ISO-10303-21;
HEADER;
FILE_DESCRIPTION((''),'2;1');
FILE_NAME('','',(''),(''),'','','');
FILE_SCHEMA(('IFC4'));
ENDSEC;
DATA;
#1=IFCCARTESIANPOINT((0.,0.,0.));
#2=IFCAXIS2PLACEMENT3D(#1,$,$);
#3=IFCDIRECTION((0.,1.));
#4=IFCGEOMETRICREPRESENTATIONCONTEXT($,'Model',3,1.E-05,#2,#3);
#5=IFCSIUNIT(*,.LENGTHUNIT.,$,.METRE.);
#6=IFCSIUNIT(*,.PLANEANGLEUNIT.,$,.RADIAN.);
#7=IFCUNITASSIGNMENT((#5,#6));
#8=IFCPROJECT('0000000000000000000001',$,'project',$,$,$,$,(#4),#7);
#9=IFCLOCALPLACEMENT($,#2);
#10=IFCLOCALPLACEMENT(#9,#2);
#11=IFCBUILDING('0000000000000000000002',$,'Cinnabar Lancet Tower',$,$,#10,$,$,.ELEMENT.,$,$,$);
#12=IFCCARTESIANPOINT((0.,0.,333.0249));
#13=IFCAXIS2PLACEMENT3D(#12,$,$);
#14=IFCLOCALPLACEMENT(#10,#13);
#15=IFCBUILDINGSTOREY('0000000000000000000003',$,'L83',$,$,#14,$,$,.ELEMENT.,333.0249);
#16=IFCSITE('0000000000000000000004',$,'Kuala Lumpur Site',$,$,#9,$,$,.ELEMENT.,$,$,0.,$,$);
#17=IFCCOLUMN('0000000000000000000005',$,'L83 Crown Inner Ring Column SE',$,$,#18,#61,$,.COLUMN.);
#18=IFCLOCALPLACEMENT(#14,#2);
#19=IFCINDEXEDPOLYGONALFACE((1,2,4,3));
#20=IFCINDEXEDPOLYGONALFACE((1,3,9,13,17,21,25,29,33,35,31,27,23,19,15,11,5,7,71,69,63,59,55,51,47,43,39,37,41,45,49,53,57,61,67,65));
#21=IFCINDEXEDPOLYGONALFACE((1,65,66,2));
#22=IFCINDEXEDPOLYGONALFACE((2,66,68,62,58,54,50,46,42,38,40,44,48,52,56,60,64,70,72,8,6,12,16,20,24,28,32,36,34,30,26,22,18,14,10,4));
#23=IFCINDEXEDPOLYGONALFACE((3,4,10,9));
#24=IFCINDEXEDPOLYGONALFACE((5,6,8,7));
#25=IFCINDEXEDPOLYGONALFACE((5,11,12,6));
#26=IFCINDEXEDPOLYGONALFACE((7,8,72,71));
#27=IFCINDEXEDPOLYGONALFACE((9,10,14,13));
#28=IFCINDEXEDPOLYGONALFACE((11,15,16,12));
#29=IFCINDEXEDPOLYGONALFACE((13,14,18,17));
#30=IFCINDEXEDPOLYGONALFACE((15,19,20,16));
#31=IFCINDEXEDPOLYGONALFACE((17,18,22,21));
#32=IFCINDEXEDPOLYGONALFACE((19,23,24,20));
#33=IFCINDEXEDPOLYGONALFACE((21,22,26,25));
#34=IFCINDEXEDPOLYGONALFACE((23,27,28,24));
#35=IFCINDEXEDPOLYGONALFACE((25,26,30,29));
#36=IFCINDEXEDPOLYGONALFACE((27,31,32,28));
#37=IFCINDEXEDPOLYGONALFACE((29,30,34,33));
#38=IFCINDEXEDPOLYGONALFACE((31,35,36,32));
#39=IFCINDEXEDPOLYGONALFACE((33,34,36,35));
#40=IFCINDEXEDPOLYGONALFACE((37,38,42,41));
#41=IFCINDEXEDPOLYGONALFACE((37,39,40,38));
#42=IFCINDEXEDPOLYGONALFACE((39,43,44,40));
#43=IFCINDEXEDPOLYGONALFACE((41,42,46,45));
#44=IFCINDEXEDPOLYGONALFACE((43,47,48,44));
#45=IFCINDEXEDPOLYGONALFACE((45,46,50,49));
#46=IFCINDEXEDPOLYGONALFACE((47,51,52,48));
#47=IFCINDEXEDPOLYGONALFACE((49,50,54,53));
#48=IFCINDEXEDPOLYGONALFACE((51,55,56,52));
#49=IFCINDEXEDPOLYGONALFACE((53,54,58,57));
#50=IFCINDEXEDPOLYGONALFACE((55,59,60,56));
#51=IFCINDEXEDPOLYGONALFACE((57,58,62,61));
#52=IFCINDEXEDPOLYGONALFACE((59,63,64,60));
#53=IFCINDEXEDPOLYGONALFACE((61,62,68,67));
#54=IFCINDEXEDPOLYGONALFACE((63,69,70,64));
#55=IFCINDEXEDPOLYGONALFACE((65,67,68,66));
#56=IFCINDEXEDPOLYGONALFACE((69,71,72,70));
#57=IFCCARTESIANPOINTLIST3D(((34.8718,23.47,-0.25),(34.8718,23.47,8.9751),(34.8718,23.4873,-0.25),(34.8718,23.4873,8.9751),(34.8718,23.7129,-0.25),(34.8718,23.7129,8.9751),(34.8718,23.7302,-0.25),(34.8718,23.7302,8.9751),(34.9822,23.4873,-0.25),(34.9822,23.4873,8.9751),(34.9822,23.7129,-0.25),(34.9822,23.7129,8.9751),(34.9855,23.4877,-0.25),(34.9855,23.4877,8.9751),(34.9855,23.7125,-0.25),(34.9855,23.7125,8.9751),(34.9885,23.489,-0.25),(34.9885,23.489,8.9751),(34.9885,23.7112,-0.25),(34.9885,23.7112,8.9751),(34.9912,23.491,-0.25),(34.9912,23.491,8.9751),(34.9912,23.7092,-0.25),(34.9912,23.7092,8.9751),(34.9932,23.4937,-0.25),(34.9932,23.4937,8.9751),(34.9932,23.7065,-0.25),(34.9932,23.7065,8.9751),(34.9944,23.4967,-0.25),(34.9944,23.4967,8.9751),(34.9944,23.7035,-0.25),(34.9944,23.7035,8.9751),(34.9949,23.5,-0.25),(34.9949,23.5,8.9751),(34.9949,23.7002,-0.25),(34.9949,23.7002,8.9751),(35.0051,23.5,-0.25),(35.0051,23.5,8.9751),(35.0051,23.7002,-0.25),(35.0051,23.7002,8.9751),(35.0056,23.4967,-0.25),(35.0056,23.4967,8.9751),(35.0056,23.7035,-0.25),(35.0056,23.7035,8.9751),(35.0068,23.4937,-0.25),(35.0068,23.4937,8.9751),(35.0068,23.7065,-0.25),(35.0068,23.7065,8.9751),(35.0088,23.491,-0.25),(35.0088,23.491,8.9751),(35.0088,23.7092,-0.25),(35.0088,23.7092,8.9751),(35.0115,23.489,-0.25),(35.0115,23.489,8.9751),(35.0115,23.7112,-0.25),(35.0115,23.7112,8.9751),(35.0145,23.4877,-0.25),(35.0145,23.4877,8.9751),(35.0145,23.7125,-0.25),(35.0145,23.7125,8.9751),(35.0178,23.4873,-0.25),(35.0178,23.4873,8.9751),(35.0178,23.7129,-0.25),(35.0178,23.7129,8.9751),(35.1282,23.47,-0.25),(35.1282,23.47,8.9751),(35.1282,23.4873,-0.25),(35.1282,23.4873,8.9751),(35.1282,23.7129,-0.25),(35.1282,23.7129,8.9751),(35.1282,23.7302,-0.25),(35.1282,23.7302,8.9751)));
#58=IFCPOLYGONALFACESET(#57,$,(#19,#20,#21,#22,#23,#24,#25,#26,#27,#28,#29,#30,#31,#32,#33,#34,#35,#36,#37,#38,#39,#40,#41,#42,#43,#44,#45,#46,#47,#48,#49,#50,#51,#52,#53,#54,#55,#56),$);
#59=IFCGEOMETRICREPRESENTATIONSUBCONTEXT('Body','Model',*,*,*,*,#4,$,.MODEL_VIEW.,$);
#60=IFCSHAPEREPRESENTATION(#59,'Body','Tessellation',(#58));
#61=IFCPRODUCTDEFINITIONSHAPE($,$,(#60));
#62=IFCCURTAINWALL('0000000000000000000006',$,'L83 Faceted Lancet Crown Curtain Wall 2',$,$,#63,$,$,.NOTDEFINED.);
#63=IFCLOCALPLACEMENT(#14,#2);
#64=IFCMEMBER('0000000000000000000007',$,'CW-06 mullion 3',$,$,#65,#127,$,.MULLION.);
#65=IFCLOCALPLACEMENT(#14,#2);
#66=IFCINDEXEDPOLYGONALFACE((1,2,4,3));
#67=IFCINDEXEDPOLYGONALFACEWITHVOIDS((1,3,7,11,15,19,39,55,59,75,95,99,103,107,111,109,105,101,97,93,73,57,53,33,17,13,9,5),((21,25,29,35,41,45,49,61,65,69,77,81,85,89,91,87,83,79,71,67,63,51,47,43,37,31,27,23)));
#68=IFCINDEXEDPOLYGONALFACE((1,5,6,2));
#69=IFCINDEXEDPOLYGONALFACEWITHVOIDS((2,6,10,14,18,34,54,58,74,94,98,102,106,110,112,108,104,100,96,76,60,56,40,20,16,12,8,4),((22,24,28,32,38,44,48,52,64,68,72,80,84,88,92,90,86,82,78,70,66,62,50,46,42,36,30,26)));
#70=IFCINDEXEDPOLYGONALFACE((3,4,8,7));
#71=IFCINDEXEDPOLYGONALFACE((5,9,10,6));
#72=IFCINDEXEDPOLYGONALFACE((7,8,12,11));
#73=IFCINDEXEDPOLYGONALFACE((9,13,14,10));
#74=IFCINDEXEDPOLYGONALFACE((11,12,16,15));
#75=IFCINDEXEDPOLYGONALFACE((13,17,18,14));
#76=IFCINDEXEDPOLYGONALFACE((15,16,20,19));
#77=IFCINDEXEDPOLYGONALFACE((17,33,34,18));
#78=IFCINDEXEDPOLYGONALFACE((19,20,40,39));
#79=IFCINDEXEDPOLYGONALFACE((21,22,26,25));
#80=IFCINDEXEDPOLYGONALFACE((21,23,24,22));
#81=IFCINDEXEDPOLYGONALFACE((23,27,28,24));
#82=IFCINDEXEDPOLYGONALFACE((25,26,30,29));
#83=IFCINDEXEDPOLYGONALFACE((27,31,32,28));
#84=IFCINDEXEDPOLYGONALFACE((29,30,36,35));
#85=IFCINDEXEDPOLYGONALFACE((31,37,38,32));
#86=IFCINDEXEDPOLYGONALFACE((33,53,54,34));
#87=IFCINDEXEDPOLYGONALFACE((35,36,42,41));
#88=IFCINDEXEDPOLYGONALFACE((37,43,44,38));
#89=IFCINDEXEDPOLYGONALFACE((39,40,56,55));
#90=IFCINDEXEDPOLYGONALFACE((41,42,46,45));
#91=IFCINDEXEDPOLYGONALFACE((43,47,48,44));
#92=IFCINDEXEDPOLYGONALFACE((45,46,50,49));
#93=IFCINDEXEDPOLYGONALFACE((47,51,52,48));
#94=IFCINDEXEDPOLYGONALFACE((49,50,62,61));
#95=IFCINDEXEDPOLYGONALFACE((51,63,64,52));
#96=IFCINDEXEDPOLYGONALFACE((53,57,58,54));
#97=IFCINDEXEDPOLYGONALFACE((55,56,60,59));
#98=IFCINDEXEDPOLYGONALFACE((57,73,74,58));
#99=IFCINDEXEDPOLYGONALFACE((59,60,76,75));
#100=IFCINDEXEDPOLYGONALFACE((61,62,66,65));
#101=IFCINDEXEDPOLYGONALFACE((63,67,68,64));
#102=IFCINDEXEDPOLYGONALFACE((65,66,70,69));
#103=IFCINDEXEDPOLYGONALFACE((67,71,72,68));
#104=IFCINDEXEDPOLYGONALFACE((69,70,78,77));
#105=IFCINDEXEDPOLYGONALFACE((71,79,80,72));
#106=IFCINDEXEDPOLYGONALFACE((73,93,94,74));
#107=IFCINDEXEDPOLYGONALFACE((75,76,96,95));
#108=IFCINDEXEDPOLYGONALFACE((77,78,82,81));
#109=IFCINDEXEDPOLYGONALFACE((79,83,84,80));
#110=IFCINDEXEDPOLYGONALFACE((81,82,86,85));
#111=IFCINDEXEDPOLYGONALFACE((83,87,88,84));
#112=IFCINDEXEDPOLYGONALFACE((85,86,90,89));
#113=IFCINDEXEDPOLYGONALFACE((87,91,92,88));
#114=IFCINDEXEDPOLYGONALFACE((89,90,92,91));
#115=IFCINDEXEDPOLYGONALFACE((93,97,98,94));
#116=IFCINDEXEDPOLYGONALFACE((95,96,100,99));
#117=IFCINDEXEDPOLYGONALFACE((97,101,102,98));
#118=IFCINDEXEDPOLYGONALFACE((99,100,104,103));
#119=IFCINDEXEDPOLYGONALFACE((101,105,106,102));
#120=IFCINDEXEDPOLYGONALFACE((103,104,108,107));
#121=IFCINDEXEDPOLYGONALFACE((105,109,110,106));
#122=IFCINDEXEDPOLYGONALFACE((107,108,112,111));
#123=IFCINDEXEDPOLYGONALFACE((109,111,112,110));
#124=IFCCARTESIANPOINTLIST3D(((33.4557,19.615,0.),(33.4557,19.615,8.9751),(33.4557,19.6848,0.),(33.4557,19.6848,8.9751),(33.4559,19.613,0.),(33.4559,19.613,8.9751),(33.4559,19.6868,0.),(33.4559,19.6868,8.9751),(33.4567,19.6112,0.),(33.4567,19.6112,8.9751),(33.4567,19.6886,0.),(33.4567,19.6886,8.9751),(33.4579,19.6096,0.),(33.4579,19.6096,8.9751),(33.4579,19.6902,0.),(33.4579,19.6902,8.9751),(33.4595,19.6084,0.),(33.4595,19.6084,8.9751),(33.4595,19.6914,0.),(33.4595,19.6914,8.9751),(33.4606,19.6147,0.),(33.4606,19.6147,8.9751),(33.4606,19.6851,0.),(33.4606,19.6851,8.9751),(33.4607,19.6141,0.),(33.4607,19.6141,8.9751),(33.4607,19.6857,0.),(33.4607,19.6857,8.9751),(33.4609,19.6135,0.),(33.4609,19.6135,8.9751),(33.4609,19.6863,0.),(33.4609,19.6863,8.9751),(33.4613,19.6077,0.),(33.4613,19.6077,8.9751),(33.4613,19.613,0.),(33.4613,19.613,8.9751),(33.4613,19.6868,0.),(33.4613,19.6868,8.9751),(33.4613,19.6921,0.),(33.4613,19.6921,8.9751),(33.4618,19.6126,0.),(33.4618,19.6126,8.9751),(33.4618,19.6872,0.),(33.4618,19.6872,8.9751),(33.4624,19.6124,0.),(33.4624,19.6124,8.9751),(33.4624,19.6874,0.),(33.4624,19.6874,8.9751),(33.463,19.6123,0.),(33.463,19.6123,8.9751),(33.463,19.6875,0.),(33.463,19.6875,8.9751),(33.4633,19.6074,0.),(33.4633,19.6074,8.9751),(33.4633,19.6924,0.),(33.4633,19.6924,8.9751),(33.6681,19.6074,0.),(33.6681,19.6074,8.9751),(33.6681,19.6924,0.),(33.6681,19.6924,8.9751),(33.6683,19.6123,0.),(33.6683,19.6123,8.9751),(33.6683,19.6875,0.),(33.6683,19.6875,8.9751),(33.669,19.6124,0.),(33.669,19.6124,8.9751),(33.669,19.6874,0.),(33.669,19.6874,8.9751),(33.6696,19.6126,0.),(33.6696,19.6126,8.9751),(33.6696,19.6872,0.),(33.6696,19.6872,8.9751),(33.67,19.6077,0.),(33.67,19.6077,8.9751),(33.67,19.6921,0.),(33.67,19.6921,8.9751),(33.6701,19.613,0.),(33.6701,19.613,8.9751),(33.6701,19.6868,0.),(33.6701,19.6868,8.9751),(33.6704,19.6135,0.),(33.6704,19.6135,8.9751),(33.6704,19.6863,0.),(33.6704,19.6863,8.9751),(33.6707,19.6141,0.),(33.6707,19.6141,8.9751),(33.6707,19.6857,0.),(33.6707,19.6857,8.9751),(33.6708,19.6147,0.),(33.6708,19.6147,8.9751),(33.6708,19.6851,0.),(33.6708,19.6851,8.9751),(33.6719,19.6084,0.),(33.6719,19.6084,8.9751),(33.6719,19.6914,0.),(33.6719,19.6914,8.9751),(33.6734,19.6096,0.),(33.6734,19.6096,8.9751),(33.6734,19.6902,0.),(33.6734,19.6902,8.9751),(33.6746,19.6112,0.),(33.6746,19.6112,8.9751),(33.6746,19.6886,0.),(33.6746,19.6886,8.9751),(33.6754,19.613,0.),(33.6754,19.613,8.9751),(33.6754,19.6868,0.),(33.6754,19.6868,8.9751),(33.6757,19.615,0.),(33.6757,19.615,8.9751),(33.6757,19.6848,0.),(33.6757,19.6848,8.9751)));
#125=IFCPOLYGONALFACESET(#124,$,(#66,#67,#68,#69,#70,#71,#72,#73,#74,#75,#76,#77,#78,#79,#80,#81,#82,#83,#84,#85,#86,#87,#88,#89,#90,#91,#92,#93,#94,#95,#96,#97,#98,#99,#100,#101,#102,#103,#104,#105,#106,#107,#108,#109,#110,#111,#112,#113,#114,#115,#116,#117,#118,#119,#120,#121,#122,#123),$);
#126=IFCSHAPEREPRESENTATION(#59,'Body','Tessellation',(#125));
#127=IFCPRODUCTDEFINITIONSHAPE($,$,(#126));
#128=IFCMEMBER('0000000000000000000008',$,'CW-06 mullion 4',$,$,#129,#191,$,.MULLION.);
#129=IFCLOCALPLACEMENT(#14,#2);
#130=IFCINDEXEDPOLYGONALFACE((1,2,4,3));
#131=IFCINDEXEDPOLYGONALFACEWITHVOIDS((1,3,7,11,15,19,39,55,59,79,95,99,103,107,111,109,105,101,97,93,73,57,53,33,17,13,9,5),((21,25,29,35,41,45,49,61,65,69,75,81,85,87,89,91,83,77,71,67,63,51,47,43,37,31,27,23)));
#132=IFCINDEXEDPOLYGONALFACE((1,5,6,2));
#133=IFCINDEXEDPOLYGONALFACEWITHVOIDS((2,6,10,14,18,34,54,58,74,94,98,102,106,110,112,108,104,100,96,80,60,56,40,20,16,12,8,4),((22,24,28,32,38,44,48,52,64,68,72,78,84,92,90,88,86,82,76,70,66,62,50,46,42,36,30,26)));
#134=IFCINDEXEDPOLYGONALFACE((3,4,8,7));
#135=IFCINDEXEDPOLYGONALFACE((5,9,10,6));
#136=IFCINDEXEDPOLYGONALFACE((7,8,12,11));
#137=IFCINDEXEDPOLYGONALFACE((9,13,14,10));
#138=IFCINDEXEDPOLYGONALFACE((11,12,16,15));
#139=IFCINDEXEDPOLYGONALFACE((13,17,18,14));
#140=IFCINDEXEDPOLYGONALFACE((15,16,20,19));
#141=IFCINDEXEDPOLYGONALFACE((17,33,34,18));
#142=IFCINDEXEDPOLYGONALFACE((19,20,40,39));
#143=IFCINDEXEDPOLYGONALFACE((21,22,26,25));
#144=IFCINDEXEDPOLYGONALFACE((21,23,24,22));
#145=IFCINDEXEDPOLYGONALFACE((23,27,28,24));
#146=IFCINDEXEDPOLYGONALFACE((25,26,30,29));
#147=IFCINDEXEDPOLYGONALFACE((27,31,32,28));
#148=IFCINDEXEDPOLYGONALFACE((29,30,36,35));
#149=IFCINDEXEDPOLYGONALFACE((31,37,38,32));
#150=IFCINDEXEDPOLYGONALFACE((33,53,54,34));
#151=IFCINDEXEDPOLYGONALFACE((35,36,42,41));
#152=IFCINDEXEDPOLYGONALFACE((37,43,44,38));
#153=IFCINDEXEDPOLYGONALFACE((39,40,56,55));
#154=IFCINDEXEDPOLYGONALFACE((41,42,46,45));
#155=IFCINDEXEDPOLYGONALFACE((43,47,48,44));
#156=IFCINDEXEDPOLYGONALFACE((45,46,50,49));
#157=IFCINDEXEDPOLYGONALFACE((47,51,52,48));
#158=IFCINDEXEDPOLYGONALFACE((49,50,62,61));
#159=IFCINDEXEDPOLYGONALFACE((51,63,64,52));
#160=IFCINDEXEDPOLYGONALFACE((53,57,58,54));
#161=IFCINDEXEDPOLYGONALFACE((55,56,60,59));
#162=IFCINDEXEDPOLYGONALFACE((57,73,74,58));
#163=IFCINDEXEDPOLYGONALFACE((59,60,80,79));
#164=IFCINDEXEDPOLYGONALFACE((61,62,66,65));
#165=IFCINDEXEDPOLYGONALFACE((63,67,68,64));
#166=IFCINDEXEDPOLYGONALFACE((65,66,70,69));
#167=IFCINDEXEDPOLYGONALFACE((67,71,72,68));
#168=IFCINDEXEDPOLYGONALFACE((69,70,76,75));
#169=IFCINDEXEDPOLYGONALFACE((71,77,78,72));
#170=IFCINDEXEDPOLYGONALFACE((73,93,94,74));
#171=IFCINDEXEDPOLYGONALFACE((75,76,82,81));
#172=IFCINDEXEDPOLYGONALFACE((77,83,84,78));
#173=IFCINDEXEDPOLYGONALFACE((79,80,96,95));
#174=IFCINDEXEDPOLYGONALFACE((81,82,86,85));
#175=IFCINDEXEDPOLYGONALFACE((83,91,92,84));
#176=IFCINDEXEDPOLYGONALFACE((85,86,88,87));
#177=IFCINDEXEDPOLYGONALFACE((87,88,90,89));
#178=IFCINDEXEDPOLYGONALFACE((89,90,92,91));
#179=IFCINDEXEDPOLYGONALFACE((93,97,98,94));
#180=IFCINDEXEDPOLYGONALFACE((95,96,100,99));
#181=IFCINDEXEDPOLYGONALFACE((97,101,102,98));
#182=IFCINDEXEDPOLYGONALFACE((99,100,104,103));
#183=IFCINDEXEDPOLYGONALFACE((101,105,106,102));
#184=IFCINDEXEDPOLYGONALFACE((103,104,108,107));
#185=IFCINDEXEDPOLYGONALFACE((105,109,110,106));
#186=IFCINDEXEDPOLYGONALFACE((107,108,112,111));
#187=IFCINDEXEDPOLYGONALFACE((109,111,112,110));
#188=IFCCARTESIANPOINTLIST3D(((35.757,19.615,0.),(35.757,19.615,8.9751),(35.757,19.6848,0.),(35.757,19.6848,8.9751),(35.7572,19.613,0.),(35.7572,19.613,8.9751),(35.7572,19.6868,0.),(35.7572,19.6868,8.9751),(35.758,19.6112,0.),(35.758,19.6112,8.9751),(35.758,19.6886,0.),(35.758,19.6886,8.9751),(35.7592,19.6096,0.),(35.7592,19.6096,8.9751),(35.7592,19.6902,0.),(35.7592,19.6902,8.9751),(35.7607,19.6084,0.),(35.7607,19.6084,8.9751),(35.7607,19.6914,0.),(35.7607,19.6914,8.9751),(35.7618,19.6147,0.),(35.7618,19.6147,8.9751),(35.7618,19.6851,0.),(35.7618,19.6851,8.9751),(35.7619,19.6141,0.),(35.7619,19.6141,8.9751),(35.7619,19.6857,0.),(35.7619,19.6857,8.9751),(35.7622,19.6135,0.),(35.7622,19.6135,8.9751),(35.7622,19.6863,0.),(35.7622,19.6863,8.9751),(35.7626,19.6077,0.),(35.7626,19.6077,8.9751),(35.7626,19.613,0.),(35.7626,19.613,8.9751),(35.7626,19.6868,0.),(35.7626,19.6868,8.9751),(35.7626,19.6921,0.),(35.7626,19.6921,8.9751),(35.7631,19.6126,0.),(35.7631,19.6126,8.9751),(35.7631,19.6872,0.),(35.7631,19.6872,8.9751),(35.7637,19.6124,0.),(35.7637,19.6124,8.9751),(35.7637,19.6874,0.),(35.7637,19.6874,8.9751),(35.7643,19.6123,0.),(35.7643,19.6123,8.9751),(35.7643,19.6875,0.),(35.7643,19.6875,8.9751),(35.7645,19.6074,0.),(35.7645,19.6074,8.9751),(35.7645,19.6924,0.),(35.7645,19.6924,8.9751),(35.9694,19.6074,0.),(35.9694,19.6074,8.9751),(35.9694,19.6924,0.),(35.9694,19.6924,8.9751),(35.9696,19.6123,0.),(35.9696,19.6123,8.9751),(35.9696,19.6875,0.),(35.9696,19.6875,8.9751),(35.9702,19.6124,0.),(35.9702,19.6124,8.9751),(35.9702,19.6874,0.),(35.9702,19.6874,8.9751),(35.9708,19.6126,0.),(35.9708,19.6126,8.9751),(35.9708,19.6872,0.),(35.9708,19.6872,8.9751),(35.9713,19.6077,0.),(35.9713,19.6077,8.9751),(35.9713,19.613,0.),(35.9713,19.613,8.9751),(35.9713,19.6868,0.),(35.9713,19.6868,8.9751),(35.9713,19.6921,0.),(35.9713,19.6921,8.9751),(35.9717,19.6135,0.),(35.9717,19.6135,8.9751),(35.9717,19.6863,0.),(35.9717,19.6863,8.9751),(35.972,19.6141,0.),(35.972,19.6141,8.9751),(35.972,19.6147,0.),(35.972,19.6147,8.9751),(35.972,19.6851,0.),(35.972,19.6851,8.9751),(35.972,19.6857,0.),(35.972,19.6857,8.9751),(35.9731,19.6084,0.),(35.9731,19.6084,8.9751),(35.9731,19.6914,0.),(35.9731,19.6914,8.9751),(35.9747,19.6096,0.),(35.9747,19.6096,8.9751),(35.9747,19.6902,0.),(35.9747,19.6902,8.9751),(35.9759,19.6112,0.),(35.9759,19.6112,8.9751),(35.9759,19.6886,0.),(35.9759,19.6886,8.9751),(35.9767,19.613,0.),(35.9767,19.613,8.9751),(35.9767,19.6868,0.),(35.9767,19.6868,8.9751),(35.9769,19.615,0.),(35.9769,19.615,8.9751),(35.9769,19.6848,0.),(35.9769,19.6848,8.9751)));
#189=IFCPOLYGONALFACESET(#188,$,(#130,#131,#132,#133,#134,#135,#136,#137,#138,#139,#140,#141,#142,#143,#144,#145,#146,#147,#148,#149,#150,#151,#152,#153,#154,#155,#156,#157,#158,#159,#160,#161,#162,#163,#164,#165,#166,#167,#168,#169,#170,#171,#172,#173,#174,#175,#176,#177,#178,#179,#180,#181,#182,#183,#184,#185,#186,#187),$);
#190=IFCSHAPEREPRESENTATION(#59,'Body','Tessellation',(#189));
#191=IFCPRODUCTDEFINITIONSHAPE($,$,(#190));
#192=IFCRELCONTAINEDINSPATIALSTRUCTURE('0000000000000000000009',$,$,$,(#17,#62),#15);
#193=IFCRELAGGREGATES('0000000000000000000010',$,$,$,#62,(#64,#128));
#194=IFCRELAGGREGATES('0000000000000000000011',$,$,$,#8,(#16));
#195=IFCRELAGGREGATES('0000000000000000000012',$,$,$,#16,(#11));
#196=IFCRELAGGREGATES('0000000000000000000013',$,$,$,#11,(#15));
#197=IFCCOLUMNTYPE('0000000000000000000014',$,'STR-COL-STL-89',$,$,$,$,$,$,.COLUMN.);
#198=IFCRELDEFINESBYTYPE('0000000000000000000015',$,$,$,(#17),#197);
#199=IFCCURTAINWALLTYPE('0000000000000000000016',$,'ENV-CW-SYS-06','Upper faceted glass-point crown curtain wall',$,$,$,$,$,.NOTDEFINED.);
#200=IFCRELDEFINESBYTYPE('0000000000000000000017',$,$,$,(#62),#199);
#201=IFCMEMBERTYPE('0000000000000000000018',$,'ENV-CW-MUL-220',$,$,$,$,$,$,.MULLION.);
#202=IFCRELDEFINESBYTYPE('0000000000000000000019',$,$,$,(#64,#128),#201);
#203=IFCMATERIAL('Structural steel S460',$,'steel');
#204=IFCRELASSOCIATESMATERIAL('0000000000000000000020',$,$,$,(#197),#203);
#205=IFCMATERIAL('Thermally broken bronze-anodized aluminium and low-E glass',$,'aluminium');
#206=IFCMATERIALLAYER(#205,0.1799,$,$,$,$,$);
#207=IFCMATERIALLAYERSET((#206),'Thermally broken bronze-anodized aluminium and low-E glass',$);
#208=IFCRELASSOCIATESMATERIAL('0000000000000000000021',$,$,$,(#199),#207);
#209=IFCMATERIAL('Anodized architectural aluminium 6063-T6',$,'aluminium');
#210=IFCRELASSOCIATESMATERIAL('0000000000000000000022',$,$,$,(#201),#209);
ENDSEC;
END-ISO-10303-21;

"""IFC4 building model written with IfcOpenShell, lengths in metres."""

from ifc_helpers import new_model, si_unit, direction, frame, origin, origin_2d, place, context, subcontext, project, spatial, hollow_rectangle, i_section, extrude, material, layer, layer_set, material_profile, profile_set, type_object, element, aggregate, save


model = new_model("IFC4")

# Units and contexts
model_context = context("Model", 3, precision=1e-05, world=origin(), true_north=direction((0.0, 1.0)))
body_context = subcontext(model_context, "Body", "Model", "MODEL_VIEW")
ifc_project = project(units=[si_unit("LENGTHUNIT", "METRE"), si_unit("PLANEANGLEUNIT", "RADIAN")], contexts=[model_context])

# Site, building, storey
site_placement = place(None, origin())
site = spatial("IfcSite", under=ifc_project, at=site_placement, Name="Kuala Lumpur Site", CompositionType="ELEMENT", RefElevation=0.0)
building_placement = place(site_placement, origin())
building = spatial("IfcBuilding", under=site, at=building_placement, Name="Cinnabar Lancet Tower", CompositionType="ELEMENT")
storey_placement = place(building_placement, frame((0.0, 0.0, 333.0249)))
storey = spatial("IfcBuildingStorey", under=building, at=storey_placement, Name="L83", CompositionType="ELEMENT", Elevation=333.0249)

# Column
ifc_material_1 = material(Name="Structural steel S460", Category="steel")
ifc_material_profile_1 = material_profile(ifc_material_1, i_section(OverallWidth=0.2563, OverallDepth=0.2603, WebThickness=0.0103, FlangeThickness=0.0173, FilletRadius=0.0127, at=origin_2d()), Name="UKC 254x254x89")
ifc_profile_set_1 = profile_set([ifc_material_profile_1], Name="Structural steel S460")
column_type = type_object("IfcColumnType", Name="STR-COL-STL-89", PredefinedType="COLUMN", material=ifc_profile_set_1)
for number, where, z_axis, x_axis, name in (
    (1, (35.0, 23.6001, -0.25), (0.0, 0.0, 1.0), (1.0, 0.0, 0.0), "L83 Crown Inner Ring Column SE"),
):
    element("IfcColumn", number, at=place(storey_placement, frame(where, z_axis=z_axis, x_axis=x_axis)), inside=storey, type_object=column_type, Name=name, PredefinedType="COLUMN", context=body_context, shape_type="SweptSolid", body=[
        extrude(i_section(OverallWidth=0.2563, OverallDepth=0.2603, WebThickness=0.0103, FlangeThickness=0.0173, FilletRadius=0.0127, at=origin_2d()), origin(), (0.0, 0.0, 1.0), 9.2251),
    ])

# Curtain wall, members
ifc_material_2 = material(Name="Thermally broken bronze-anodized aluminium and low-E glass", Category="aluminium")
ifc_layer_1 = layer(ifc_material_2, 0.1799)
ifc_layer_set_1 = layer_set([ifc_layer_1], Name="Thermally broken bronze-anodized aluminium and low-E glass")
curtain_wall_type = type_object("IfcCurtainWallType", Name="ENV-CW-SYS-06", Description="Upper faceted glass-point crown curtain wall", PredefinedType="NOTDEFINED", material=ifc_layer_set_1)
curtain_wall_1_placement = place(storey_placement, origin())
curtain_wall_1 = element("IfcCurtainWall", 2, at=curtain_wall_1_placement, inside=storey, type_object=curtain_wall_type, Name="L83 Faceted Lancet Crown Curtain Wall 2", PredefinedType="NOTDEFINED")
ifc_material_3 = material(Name="Anodized architectural aluminium 6063-T6", Category="aluminium")
ifc_material_profile_2 = material_profile(ifc_material_3, hollow_rectangle(XDim=0.085, YDim=0.22, WallThickness=0.0049, InnerFilletRadius=0.0024, OuterFilletRadius=0.0076, at=origin_2d()), Name="CW-MUL 220x85x5")
ifc_profile_set_2 = profile_set([ifc_material_profile_2], Name="Anodized architectural aluminium 6063-T6")
member_type_1 = type_object("IfcMemberType", Name="ENV-CW-MUL-220", PredefinedType="MULLION", material=ifc_profile_set_2)
member_1_placement = place(storey_placement, frame((33.5657, 19.6499, 0.0), z_axis=(0.0, 0.0, 1.0), x_axis=(0.0, 1.0, 0.0)))
member_1 = element("IfcMember", 3, at=member_1_placement, type_object=member_type_1, Name="CW-06 mullion 3", PredefinedType="MULLION", context=body_context, shape_type="SweptSolid", body=[
    extrude(hollow_rectangle(XDim=0.085, YDim=0.22, WallThickness=0.0049, InnerFilletRadius=0.0024, OuterFilletRadius=0.0076, at=origin_2d()), origin(), (0.0, 0.0, 1.0), 8.9751),
])
member_2_placement = place(storey_placement, frame((35.8669, 19.6499, 0.0), z_axis=(0.0, 0.0, 1.0), x_axis=(0.0, 1.0, 0.0)))
member_2 = element("IfcMember", 4, at=member_2_placement, type_object=member_type_1, Name="CW-06 mullion 4", PredefinedType="MULLION", context=body_context, shape_type="SweptSolid", body=[
    extrude(hollow_rectangle(XDim=0.085, YDim=0.22, WallThickness=0.0049, InnerFilletRadius=0.0024, OuterFilletRadius=0.0076, at=origin_2d()), origin(), (0.0, 0.0, 1.0), 8.9751),
])

aggregate(curtain_wall_1, [member_1, member_2])

save(model, "model.ifc")
